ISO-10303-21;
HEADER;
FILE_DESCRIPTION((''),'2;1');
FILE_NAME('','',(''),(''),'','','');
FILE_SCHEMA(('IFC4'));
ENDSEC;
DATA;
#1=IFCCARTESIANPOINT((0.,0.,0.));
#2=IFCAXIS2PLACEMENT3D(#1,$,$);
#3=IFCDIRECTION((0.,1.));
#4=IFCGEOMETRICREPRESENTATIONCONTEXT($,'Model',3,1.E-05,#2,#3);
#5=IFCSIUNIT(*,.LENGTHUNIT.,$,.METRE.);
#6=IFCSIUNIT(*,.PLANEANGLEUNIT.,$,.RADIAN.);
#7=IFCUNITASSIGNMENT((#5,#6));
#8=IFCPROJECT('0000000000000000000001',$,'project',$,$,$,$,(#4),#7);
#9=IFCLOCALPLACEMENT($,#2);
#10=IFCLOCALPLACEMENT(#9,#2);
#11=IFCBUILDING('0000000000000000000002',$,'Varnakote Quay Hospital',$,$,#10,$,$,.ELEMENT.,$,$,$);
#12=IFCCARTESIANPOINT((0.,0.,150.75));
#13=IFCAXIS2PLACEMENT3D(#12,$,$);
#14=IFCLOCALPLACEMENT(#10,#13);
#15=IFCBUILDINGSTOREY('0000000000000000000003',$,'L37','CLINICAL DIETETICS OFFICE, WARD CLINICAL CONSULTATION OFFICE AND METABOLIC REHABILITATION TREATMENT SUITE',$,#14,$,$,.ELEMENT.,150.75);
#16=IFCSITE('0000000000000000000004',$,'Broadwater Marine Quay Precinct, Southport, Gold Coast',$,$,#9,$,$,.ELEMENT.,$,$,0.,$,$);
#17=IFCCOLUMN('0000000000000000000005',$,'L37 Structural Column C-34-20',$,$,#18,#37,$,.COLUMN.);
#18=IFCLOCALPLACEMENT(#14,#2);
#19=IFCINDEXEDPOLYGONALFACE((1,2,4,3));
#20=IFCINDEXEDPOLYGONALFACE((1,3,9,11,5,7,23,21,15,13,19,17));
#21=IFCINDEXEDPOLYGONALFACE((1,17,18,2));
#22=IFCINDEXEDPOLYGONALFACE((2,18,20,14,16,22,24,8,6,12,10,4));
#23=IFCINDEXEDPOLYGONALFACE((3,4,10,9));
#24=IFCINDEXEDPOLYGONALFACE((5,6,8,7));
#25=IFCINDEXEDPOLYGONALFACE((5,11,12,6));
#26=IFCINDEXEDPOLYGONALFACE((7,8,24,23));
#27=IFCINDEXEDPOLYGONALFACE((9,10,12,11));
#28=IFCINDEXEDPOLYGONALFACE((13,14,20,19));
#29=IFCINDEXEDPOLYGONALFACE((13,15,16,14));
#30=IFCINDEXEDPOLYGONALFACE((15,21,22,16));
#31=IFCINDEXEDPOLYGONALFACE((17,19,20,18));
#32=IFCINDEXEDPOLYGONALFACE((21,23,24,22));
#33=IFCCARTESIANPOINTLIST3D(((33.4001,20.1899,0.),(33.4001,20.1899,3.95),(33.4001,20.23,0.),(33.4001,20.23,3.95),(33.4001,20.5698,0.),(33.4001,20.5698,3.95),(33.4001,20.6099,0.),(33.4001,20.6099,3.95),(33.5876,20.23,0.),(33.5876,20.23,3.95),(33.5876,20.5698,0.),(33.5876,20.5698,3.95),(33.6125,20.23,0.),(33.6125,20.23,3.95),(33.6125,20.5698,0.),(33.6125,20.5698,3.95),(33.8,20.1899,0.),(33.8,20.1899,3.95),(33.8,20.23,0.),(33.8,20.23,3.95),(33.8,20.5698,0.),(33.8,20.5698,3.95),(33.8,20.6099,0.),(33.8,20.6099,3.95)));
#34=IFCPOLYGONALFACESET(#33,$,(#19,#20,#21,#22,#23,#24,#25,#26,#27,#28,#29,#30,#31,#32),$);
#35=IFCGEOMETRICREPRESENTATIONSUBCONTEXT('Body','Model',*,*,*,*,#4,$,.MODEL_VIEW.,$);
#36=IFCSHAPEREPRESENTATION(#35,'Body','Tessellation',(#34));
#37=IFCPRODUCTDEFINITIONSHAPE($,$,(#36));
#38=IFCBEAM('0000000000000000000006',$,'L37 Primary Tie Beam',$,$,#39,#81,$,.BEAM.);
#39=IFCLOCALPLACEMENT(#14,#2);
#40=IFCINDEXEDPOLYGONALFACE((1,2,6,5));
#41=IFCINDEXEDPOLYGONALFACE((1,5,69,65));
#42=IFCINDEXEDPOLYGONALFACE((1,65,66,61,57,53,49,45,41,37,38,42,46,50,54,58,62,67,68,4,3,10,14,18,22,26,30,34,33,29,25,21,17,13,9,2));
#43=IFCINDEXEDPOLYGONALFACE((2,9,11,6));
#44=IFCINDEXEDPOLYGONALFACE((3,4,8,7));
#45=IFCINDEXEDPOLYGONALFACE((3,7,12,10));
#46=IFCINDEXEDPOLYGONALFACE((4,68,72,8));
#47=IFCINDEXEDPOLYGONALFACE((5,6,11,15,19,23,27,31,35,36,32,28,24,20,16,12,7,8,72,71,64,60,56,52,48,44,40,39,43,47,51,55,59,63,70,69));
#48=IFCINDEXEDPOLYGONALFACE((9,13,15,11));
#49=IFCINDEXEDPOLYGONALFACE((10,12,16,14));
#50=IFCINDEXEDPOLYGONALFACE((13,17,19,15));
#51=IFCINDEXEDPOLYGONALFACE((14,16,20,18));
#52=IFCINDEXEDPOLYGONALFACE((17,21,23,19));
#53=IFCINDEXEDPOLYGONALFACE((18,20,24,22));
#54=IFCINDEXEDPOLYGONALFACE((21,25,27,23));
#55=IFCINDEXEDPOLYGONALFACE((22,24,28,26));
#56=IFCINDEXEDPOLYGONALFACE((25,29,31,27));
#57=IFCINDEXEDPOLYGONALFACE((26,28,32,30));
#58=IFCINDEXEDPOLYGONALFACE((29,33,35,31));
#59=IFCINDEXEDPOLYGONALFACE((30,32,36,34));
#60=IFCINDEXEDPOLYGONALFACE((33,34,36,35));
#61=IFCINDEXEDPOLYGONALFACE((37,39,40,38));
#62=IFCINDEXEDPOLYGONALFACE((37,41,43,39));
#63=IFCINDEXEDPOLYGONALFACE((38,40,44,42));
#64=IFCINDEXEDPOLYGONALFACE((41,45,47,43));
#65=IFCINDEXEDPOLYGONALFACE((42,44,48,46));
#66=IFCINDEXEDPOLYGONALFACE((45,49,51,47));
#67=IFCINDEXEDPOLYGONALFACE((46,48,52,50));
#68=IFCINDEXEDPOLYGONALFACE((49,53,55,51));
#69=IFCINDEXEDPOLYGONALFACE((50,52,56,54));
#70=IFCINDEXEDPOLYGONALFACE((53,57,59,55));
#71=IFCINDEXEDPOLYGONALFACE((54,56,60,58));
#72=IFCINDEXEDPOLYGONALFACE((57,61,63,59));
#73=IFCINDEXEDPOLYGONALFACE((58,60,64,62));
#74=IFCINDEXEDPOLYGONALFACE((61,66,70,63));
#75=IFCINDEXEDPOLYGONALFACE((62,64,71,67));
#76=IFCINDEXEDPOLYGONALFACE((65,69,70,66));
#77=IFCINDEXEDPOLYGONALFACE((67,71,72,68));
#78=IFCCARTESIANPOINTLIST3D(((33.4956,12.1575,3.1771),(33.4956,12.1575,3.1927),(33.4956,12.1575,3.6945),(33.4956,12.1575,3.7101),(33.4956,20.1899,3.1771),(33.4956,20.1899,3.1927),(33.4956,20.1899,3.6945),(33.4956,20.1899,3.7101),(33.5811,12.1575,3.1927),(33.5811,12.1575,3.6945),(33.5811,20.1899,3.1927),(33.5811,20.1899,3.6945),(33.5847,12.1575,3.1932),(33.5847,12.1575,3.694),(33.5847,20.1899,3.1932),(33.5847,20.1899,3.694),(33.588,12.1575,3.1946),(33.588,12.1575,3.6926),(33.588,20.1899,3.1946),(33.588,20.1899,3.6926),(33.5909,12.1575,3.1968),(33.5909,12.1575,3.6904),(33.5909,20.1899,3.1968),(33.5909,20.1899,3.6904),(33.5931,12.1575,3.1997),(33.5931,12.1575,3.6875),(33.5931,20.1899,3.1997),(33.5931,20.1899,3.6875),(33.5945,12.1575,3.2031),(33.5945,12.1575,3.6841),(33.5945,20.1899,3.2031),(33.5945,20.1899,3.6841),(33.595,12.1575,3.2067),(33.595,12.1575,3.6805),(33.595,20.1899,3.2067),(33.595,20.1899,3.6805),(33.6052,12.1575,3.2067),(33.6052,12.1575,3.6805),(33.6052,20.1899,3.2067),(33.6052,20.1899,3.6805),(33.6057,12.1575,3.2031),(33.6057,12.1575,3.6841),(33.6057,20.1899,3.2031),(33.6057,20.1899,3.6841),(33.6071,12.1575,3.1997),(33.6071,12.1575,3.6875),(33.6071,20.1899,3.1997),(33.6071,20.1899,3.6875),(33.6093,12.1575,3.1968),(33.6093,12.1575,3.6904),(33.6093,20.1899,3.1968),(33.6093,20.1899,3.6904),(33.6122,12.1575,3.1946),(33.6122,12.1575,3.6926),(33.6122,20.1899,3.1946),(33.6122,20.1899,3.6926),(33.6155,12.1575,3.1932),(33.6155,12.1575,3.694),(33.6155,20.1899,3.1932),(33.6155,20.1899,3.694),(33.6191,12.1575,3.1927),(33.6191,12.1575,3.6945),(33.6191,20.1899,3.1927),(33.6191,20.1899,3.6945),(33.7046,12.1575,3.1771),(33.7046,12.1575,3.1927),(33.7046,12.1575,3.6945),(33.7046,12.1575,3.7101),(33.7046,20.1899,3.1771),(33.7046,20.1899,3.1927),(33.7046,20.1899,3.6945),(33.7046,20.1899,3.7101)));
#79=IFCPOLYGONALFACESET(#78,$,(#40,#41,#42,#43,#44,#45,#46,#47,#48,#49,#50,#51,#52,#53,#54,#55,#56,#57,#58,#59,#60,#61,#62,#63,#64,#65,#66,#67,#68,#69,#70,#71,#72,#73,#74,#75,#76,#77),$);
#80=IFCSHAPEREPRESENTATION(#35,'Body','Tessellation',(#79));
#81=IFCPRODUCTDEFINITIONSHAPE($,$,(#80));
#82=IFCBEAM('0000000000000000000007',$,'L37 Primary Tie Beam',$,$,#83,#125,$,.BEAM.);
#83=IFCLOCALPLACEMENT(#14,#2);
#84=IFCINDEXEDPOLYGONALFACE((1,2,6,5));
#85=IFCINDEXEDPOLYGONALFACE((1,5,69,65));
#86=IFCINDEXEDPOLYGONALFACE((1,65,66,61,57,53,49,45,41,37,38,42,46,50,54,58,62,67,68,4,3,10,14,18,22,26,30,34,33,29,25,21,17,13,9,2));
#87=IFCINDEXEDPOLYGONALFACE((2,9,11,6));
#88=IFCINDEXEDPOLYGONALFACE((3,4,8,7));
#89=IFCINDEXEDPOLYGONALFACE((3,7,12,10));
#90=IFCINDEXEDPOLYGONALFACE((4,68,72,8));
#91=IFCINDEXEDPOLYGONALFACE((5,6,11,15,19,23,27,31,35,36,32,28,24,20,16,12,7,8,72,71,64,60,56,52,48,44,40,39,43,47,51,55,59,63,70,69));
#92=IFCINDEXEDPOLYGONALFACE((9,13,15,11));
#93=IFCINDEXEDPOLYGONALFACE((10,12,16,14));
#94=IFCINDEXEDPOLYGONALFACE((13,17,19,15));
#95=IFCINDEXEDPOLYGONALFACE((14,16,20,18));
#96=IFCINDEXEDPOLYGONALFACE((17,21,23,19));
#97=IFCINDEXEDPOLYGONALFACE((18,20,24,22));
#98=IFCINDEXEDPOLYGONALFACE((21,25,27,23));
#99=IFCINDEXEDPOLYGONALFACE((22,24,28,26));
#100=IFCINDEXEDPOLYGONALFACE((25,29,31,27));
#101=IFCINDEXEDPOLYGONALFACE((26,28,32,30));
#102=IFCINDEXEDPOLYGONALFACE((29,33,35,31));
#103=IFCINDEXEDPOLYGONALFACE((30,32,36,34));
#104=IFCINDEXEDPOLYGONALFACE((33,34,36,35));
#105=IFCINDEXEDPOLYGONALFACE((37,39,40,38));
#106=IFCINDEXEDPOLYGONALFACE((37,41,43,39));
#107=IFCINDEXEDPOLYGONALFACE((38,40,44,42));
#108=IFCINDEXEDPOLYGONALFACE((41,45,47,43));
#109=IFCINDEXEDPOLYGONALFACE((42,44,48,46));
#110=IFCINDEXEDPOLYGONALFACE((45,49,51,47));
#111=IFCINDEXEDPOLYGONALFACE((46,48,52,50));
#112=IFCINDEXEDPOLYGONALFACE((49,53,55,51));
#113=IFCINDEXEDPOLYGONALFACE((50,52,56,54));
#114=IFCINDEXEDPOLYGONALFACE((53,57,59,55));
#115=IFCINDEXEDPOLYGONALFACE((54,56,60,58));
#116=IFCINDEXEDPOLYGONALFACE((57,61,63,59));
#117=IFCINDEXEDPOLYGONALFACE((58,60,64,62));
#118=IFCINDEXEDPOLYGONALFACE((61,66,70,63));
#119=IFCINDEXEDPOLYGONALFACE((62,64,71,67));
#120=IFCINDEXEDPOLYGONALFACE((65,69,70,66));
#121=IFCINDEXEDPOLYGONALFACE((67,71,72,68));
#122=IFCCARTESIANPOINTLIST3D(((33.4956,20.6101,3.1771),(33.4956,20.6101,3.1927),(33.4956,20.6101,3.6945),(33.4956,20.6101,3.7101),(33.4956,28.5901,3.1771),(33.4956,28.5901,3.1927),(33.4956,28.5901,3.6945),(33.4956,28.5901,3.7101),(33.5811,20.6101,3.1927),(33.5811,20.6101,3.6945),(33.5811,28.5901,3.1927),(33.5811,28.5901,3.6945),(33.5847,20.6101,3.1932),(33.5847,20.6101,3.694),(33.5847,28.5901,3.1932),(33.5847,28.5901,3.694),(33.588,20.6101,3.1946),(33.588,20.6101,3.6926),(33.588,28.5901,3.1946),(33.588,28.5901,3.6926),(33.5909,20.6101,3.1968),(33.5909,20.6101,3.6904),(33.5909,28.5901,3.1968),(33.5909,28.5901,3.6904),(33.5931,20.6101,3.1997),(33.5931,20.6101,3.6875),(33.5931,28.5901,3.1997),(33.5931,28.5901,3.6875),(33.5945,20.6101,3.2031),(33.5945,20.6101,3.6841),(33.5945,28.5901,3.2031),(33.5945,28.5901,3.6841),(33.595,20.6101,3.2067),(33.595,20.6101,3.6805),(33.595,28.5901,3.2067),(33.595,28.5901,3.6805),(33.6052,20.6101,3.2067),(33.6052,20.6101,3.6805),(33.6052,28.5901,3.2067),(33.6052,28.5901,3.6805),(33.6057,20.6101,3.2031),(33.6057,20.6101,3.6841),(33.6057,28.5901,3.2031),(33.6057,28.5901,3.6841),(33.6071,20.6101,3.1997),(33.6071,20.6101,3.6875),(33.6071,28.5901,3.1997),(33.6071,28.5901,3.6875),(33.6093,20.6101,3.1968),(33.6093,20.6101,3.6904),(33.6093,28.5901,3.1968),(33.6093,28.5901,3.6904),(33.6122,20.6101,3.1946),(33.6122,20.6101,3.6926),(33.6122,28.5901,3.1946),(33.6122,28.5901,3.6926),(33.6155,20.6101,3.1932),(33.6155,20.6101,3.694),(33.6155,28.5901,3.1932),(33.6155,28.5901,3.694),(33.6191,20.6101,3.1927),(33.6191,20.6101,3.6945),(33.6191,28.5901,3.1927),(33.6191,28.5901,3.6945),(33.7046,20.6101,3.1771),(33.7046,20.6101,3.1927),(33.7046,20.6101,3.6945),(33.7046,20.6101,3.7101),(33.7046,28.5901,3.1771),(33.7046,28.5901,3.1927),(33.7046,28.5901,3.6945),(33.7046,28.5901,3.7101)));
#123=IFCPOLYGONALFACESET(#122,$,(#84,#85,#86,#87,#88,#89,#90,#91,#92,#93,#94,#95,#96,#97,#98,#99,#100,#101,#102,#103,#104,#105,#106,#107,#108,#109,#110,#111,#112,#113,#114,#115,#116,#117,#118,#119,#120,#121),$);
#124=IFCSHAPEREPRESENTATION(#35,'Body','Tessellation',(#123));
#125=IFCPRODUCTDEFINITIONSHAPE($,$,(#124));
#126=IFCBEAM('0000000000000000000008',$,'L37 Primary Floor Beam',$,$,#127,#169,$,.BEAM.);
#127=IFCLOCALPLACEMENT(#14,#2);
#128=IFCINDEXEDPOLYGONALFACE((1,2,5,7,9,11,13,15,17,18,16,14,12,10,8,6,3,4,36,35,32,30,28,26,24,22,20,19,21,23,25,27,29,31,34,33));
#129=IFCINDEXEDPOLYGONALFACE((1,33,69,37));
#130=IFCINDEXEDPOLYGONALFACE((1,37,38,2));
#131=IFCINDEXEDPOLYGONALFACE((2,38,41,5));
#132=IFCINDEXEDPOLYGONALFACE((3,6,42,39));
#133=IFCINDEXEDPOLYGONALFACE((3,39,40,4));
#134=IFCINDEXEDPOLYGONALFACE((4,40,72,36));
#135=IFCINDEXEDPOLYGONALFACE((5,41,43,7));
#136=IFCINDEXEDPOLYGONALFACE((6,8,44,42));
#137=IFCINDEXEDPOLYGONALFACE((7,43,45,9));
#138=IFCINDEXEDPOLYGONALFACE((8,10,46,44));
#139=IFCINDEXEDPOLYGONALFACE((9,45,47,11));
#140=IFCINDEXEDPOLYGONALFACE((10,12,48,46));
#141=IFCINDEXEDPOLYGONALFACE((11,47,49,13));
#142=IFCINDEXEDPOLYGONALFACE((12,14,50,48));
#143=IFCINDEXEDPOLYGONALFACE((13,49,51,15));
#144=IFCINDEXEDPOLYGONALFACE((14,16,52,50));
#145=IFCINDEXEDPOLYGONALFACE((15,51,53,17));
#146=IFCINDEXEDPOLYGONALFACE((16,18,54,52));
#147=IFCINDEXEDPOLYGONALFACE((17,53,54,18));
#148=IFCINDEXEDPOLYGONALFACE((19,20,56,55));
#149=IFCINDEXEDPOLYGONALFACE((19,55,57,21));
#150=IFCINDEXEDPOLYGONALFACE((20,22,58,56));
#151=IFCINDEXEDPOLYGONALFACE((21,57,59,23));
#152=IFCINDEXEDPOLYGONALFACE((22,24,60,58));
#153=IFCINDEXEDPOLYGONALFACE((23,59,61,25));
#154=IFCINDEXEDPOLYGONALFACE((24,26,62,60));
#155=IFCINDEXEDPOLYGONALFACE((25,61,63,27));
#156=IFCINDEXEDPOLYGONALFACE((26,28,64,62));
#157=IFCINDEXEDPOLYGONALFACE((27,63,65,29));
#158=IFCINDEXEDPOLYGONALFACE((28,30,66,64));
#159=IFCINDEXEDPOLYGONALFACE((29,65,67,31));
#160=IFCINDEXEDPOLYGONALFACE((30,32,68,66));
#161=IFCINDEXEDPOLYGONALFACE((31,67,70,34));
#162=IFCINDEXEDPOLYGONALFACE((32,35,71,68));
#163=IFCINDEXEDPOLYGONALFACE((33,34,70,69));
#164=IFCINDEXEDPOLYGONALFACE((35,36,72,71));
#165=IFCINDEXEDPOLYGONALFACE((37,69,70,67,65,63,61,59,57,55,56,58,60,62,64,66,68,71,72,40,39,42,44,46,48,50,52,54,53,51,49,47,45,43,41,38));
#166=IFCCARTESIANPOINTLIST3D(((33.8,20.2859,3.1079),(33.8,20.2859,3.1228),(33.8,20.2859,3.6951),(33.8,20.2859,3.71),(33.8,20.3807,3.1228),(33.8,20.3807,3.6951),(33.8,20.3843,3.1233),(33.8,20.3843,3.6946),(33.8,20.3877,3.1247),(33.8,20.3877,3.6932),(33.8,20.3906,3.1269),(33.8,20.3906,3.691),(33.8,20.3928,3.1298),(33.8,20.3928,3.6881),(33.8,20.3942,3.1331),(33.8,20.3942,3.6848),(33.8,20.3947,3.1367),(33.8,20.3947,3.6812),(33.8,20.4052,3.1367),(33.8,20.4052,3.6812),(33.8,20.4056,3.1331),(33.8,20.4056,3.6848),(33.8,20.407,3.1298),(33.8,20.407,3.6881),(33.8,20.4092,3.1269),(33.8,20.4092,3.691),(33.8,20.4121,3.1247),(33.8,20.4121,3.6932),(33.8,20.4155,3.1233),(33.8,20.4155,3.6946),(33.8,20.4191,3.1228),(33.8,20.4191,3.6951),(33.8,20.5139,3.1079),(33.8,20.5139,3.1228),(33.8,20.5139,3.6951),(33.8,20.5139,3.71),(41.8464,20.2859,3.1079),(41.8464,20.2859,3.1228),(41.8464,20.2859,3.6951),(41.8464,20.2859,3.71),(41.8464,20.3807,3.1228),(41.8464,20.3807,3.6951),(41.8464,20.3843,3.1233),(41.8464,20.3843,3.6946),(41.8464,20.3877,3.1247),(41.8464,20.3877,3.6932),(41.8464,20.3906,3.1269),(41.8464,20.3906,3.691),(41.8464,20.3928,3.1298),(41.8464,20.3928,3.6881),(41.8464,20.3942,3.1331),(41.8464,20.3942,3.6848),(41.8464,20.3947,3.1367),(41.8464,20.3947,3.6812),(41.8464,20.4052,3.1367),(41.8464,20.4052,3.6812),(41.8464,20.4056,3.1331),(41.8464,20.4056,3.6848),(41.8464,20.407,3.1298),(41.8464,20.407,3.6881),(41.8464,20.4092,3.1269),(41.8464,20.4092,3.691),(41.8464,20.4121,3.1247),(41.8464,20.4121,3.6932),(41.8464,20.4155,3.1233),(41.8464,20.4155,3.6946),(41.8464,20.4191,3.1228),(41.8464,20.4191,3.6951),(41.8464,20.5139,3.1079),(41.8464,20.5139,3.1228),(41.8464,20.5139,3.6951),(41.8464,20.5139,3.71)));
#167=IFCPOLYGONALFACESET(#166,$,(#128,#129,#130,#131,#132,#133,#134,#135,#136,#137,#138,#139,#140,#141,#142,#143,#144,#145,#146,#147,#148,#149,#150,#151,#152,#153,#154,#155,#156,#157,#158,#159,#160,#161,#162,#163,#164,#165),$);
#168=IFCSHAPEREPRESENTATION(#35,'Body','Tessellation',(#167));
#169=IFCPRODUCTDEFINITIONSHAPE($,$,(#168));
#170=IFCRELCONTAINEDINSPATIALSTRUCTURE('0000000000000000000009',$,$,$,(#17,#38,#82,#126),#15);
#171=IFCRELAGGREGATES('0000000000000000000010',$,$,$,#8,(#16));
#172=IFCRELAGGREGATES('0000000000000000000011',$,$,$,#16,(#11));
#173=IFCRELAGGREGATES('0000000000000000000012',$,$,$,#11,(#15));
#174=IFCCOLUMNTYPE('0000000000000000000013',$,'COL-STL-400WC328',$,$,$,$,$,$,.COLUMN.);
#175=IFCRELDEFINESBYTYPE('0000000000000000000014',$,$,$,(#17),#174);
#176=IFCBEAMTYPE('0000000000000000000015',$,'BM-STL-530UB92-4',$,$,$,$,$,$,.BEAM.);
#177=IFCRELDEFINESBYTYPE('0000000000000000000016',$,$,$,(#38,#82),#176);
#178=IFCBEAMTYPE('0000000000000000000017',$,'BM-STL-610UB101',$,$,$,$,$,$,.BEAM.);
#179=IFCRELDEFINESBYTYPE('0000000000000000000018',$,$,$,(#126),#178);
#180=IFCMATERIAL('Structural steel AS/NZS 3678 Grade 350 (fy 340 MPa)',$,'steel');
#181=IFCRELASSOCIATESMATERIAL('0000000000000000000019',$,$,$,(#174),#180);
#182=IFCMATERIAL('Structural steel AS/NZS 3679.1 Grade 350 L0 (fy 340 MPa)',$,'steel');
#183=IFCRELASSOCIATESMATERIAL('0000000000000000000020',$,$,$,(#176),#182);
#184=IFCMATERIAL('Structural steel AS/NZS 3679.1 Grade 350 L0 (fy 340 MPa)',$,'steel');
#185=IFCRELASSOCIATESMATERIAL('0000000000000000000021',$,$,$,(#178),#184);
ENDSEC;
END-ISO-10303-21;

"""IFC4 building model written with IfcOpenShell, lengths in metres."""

from ifc_helpers import new_model, si_unit, direction, frame, origin, origin_2d, place, context, subcontext, project, spatial, i_section, extrude, material, material_profile, profile_set, type_object, element, save


model = new_model("IFC4")

# Units and contexts
model_context = context("Model", 3, precision=1e-05, world=origin(), true_north=direction((0.0, 1.0)))
body_context = subcontext(model_context, "Body", "Model", "MODEL_VIEW")
ifc_project = project(units=[si_unit("LENGTHUNIT", "METRE"), si_unit("PLANEANGLEUNIT", "RADIAN")], contexts=[model_context])

# Site, building, storey
site_placement = place(None, origin())
site = spatial("IfcSite", under=ifc_project, at=site_placement, Name="Broadwater Marine Quay Precinct, Southport, Gold Coast", CompositionType="ELEMENT", RefElevation=0.0)
building_placement = place(site_placement, origin())
building = spatial("IfcBuilding", under=site, at=building_placement, Name="Varnakote Quay Hospital", CompositionType="ELEMENT")
storey_placement = place(building_placement, frame((0.0, 0.0, 150.75)))
storey = spatial("IfcBuildingStorey", under=building, at=storey_placement, Name="L37", Description="CLINICAL DIETETICS OFFICE, WARD CLINICAL CONSULTATION OFFICE AND METABOLIC REHABILITATION TREATMENT SUITE", CompositionType="ELEMENT", Elevation=150.75)

# Column
ifc_material_1 = material(Name="Structural steel AS/NZS 3678 Grade 350 (fy 340 MPa)", Category="steel")
ifc_material_profile_1 = material_profile(ifc_material_1, i_section(OverallWidth=0.3999, OverallDepth=0.4199, WebThickness=0.0249, FlangeThickness=0.04, at=origin_2d()), Name="400WC328")
ifc_profile_set_1 = profile_set([ifc_material_profile_1], Name="Structural steel AS/NZS 3678 Grade 350 (fy 340 MPa)")
column_type = type_object("IfcColumnType", Name="COL-STL-400WC328", PredefinedType="COLUMN", material=ifc_profile_set_1)
column_placement = place(storey_placement, frame((33.6001, 20.3999, 0.0), z_axis=(0.0, 0.0, 1.0), x_axis=(1.0, 0.0, 0.0)))
element("IfcColumn", 1, at=column_placement, inside=storey, type_object=column_type, Name="L37 Structural Column C-34-20", PredefinedType="COLUMN", context=body_context, shape_type="SweptSolid", body=[
    extrude(i_section(OverallWidth=0.3999, OverallDepth=0.4199, WebThickness=0.0249, FlangeThickness=0.04, at=origin_2d()), origin(), (0.0, 0.0, 1.0), 3.95),
])

# Beams
ifc_material_2 = material(Name="Structural steel AS/NZS 3679.1 Grade 350 L0 (fy 340 MPa)", Category="steel")
ifc_material_profile_2 = material_profile(ifc_material_2, i_section(OverallWidth=0.209, OverallDepth=0.533, WebThickness=0.0103, FlangeThickness=0.0156, FilletRadius=0.0139, at=origin_2d()), Name="530UB92.4")
ifc_profile_set_2 = profile_set([ifc_material_profile_2], Name="Structural steel AS/NZS 3679.1 Grade 350 L0 (fy 340 MPa)")
beam_type_1 = type_object("IfcBeamType", Name="BM-STL-530UB92-4", PredefinedType="BEAM", material=ifc_profile_set_2)
beam_1_placement = place(storey_placement, frame((33.6001, 12.1575, 3.4436), z_axis=(0.0, 1.0, 0.0), x_axis=(-1.0, 0.0, 0.0)))
element("IfcBeam", 2, at=beam_1_placement, inside=storey, type_object=beam_type_1, Name="L37 Primary Tie Beam", PredefinedType="BEAM", context=body_context, shape_type="SweptSolid", body=[
    extrude(i_section(OverallWidth=0.209, OverallDepth=0.533, WebThickness=0.0103, FlangeThickness=0.0156, FilletRadius=0.0139, at=origin_2d()), origin(), (0.0, 0.0, 1.0), 8.0325),
])
beam_2_placement = place(storey_placement, frame((33.6001, 20.6101, 3.4436), z_axis=(0.0, 1.0, 0.0), x_axis=(-1.0, 0.0, 0.0)))
element("IfcBeam", 3, at=beam_2_placement, inside=storey, type_object=beam_type_1, Name="L37 Primary Tie Beam", PredefinedType="BEAM", context=body_context, shape_type="SweptSolid", body=[
    extrude(i_section(OverallWidth=0.209, OverallDepth=0.533, WebThickness=0.0103, FlangeThickness=0.0156, FilletRadius=0.0139, at=origin_2d()), origin(), (0.0, 0.0, 1.0), 7.98),
])
ifc_material_3 = material(Name="Structural steel AS/NZS 3679.1 Grade 350 L0 (fy 340 MPa)", Category="steel")
ifc_material_profile_3 = material_profile(ifc_material_3, i_section(OverallWidth=0.228, OverallDepth=0.6021, WebThickness=0.0105, FlangeThickness=0.0149, FilletRadius=0.0139, at=origin_2d()), Name="610UB101")
ifc_profile_set_3 = profile_set([ifc_material_profile_3], Name="Structural steel AS/NZS 3679.1 Grade 350 L0 (fy 340 MPa)")
beam_type_2 = type_object("IfcBeamType", Name="BM-STL-610UB101", PredefinedType="BEAM", material=ifc_profile_set_3)
beam_3_placement = place(storey_placement, frame((33.8, 20.3999, 3.4089), z_axis=(1.0, 0.0, 0.0), x_axis=(0.0, 1.0, 0.0)))
element("IfcBeam", 4, at=beam_3_placement, inside=storey, type_object=beam_type_2, Name="L37 Primary Floor Beam", PredefinedType="BEAM", context=body_context, shape_type="SweptSolid", body=[
    extrude(i_section(OverallWidth=0.228, OverallDepth=0.6021, WebThickness=0.0105, FlangeThickness=0.0149, FilletRadius=0.0139, at=origin_2d()), origin(), (0.0, 0.0, 1.0), 8.0464),
])

save(model, "model.ifc")
